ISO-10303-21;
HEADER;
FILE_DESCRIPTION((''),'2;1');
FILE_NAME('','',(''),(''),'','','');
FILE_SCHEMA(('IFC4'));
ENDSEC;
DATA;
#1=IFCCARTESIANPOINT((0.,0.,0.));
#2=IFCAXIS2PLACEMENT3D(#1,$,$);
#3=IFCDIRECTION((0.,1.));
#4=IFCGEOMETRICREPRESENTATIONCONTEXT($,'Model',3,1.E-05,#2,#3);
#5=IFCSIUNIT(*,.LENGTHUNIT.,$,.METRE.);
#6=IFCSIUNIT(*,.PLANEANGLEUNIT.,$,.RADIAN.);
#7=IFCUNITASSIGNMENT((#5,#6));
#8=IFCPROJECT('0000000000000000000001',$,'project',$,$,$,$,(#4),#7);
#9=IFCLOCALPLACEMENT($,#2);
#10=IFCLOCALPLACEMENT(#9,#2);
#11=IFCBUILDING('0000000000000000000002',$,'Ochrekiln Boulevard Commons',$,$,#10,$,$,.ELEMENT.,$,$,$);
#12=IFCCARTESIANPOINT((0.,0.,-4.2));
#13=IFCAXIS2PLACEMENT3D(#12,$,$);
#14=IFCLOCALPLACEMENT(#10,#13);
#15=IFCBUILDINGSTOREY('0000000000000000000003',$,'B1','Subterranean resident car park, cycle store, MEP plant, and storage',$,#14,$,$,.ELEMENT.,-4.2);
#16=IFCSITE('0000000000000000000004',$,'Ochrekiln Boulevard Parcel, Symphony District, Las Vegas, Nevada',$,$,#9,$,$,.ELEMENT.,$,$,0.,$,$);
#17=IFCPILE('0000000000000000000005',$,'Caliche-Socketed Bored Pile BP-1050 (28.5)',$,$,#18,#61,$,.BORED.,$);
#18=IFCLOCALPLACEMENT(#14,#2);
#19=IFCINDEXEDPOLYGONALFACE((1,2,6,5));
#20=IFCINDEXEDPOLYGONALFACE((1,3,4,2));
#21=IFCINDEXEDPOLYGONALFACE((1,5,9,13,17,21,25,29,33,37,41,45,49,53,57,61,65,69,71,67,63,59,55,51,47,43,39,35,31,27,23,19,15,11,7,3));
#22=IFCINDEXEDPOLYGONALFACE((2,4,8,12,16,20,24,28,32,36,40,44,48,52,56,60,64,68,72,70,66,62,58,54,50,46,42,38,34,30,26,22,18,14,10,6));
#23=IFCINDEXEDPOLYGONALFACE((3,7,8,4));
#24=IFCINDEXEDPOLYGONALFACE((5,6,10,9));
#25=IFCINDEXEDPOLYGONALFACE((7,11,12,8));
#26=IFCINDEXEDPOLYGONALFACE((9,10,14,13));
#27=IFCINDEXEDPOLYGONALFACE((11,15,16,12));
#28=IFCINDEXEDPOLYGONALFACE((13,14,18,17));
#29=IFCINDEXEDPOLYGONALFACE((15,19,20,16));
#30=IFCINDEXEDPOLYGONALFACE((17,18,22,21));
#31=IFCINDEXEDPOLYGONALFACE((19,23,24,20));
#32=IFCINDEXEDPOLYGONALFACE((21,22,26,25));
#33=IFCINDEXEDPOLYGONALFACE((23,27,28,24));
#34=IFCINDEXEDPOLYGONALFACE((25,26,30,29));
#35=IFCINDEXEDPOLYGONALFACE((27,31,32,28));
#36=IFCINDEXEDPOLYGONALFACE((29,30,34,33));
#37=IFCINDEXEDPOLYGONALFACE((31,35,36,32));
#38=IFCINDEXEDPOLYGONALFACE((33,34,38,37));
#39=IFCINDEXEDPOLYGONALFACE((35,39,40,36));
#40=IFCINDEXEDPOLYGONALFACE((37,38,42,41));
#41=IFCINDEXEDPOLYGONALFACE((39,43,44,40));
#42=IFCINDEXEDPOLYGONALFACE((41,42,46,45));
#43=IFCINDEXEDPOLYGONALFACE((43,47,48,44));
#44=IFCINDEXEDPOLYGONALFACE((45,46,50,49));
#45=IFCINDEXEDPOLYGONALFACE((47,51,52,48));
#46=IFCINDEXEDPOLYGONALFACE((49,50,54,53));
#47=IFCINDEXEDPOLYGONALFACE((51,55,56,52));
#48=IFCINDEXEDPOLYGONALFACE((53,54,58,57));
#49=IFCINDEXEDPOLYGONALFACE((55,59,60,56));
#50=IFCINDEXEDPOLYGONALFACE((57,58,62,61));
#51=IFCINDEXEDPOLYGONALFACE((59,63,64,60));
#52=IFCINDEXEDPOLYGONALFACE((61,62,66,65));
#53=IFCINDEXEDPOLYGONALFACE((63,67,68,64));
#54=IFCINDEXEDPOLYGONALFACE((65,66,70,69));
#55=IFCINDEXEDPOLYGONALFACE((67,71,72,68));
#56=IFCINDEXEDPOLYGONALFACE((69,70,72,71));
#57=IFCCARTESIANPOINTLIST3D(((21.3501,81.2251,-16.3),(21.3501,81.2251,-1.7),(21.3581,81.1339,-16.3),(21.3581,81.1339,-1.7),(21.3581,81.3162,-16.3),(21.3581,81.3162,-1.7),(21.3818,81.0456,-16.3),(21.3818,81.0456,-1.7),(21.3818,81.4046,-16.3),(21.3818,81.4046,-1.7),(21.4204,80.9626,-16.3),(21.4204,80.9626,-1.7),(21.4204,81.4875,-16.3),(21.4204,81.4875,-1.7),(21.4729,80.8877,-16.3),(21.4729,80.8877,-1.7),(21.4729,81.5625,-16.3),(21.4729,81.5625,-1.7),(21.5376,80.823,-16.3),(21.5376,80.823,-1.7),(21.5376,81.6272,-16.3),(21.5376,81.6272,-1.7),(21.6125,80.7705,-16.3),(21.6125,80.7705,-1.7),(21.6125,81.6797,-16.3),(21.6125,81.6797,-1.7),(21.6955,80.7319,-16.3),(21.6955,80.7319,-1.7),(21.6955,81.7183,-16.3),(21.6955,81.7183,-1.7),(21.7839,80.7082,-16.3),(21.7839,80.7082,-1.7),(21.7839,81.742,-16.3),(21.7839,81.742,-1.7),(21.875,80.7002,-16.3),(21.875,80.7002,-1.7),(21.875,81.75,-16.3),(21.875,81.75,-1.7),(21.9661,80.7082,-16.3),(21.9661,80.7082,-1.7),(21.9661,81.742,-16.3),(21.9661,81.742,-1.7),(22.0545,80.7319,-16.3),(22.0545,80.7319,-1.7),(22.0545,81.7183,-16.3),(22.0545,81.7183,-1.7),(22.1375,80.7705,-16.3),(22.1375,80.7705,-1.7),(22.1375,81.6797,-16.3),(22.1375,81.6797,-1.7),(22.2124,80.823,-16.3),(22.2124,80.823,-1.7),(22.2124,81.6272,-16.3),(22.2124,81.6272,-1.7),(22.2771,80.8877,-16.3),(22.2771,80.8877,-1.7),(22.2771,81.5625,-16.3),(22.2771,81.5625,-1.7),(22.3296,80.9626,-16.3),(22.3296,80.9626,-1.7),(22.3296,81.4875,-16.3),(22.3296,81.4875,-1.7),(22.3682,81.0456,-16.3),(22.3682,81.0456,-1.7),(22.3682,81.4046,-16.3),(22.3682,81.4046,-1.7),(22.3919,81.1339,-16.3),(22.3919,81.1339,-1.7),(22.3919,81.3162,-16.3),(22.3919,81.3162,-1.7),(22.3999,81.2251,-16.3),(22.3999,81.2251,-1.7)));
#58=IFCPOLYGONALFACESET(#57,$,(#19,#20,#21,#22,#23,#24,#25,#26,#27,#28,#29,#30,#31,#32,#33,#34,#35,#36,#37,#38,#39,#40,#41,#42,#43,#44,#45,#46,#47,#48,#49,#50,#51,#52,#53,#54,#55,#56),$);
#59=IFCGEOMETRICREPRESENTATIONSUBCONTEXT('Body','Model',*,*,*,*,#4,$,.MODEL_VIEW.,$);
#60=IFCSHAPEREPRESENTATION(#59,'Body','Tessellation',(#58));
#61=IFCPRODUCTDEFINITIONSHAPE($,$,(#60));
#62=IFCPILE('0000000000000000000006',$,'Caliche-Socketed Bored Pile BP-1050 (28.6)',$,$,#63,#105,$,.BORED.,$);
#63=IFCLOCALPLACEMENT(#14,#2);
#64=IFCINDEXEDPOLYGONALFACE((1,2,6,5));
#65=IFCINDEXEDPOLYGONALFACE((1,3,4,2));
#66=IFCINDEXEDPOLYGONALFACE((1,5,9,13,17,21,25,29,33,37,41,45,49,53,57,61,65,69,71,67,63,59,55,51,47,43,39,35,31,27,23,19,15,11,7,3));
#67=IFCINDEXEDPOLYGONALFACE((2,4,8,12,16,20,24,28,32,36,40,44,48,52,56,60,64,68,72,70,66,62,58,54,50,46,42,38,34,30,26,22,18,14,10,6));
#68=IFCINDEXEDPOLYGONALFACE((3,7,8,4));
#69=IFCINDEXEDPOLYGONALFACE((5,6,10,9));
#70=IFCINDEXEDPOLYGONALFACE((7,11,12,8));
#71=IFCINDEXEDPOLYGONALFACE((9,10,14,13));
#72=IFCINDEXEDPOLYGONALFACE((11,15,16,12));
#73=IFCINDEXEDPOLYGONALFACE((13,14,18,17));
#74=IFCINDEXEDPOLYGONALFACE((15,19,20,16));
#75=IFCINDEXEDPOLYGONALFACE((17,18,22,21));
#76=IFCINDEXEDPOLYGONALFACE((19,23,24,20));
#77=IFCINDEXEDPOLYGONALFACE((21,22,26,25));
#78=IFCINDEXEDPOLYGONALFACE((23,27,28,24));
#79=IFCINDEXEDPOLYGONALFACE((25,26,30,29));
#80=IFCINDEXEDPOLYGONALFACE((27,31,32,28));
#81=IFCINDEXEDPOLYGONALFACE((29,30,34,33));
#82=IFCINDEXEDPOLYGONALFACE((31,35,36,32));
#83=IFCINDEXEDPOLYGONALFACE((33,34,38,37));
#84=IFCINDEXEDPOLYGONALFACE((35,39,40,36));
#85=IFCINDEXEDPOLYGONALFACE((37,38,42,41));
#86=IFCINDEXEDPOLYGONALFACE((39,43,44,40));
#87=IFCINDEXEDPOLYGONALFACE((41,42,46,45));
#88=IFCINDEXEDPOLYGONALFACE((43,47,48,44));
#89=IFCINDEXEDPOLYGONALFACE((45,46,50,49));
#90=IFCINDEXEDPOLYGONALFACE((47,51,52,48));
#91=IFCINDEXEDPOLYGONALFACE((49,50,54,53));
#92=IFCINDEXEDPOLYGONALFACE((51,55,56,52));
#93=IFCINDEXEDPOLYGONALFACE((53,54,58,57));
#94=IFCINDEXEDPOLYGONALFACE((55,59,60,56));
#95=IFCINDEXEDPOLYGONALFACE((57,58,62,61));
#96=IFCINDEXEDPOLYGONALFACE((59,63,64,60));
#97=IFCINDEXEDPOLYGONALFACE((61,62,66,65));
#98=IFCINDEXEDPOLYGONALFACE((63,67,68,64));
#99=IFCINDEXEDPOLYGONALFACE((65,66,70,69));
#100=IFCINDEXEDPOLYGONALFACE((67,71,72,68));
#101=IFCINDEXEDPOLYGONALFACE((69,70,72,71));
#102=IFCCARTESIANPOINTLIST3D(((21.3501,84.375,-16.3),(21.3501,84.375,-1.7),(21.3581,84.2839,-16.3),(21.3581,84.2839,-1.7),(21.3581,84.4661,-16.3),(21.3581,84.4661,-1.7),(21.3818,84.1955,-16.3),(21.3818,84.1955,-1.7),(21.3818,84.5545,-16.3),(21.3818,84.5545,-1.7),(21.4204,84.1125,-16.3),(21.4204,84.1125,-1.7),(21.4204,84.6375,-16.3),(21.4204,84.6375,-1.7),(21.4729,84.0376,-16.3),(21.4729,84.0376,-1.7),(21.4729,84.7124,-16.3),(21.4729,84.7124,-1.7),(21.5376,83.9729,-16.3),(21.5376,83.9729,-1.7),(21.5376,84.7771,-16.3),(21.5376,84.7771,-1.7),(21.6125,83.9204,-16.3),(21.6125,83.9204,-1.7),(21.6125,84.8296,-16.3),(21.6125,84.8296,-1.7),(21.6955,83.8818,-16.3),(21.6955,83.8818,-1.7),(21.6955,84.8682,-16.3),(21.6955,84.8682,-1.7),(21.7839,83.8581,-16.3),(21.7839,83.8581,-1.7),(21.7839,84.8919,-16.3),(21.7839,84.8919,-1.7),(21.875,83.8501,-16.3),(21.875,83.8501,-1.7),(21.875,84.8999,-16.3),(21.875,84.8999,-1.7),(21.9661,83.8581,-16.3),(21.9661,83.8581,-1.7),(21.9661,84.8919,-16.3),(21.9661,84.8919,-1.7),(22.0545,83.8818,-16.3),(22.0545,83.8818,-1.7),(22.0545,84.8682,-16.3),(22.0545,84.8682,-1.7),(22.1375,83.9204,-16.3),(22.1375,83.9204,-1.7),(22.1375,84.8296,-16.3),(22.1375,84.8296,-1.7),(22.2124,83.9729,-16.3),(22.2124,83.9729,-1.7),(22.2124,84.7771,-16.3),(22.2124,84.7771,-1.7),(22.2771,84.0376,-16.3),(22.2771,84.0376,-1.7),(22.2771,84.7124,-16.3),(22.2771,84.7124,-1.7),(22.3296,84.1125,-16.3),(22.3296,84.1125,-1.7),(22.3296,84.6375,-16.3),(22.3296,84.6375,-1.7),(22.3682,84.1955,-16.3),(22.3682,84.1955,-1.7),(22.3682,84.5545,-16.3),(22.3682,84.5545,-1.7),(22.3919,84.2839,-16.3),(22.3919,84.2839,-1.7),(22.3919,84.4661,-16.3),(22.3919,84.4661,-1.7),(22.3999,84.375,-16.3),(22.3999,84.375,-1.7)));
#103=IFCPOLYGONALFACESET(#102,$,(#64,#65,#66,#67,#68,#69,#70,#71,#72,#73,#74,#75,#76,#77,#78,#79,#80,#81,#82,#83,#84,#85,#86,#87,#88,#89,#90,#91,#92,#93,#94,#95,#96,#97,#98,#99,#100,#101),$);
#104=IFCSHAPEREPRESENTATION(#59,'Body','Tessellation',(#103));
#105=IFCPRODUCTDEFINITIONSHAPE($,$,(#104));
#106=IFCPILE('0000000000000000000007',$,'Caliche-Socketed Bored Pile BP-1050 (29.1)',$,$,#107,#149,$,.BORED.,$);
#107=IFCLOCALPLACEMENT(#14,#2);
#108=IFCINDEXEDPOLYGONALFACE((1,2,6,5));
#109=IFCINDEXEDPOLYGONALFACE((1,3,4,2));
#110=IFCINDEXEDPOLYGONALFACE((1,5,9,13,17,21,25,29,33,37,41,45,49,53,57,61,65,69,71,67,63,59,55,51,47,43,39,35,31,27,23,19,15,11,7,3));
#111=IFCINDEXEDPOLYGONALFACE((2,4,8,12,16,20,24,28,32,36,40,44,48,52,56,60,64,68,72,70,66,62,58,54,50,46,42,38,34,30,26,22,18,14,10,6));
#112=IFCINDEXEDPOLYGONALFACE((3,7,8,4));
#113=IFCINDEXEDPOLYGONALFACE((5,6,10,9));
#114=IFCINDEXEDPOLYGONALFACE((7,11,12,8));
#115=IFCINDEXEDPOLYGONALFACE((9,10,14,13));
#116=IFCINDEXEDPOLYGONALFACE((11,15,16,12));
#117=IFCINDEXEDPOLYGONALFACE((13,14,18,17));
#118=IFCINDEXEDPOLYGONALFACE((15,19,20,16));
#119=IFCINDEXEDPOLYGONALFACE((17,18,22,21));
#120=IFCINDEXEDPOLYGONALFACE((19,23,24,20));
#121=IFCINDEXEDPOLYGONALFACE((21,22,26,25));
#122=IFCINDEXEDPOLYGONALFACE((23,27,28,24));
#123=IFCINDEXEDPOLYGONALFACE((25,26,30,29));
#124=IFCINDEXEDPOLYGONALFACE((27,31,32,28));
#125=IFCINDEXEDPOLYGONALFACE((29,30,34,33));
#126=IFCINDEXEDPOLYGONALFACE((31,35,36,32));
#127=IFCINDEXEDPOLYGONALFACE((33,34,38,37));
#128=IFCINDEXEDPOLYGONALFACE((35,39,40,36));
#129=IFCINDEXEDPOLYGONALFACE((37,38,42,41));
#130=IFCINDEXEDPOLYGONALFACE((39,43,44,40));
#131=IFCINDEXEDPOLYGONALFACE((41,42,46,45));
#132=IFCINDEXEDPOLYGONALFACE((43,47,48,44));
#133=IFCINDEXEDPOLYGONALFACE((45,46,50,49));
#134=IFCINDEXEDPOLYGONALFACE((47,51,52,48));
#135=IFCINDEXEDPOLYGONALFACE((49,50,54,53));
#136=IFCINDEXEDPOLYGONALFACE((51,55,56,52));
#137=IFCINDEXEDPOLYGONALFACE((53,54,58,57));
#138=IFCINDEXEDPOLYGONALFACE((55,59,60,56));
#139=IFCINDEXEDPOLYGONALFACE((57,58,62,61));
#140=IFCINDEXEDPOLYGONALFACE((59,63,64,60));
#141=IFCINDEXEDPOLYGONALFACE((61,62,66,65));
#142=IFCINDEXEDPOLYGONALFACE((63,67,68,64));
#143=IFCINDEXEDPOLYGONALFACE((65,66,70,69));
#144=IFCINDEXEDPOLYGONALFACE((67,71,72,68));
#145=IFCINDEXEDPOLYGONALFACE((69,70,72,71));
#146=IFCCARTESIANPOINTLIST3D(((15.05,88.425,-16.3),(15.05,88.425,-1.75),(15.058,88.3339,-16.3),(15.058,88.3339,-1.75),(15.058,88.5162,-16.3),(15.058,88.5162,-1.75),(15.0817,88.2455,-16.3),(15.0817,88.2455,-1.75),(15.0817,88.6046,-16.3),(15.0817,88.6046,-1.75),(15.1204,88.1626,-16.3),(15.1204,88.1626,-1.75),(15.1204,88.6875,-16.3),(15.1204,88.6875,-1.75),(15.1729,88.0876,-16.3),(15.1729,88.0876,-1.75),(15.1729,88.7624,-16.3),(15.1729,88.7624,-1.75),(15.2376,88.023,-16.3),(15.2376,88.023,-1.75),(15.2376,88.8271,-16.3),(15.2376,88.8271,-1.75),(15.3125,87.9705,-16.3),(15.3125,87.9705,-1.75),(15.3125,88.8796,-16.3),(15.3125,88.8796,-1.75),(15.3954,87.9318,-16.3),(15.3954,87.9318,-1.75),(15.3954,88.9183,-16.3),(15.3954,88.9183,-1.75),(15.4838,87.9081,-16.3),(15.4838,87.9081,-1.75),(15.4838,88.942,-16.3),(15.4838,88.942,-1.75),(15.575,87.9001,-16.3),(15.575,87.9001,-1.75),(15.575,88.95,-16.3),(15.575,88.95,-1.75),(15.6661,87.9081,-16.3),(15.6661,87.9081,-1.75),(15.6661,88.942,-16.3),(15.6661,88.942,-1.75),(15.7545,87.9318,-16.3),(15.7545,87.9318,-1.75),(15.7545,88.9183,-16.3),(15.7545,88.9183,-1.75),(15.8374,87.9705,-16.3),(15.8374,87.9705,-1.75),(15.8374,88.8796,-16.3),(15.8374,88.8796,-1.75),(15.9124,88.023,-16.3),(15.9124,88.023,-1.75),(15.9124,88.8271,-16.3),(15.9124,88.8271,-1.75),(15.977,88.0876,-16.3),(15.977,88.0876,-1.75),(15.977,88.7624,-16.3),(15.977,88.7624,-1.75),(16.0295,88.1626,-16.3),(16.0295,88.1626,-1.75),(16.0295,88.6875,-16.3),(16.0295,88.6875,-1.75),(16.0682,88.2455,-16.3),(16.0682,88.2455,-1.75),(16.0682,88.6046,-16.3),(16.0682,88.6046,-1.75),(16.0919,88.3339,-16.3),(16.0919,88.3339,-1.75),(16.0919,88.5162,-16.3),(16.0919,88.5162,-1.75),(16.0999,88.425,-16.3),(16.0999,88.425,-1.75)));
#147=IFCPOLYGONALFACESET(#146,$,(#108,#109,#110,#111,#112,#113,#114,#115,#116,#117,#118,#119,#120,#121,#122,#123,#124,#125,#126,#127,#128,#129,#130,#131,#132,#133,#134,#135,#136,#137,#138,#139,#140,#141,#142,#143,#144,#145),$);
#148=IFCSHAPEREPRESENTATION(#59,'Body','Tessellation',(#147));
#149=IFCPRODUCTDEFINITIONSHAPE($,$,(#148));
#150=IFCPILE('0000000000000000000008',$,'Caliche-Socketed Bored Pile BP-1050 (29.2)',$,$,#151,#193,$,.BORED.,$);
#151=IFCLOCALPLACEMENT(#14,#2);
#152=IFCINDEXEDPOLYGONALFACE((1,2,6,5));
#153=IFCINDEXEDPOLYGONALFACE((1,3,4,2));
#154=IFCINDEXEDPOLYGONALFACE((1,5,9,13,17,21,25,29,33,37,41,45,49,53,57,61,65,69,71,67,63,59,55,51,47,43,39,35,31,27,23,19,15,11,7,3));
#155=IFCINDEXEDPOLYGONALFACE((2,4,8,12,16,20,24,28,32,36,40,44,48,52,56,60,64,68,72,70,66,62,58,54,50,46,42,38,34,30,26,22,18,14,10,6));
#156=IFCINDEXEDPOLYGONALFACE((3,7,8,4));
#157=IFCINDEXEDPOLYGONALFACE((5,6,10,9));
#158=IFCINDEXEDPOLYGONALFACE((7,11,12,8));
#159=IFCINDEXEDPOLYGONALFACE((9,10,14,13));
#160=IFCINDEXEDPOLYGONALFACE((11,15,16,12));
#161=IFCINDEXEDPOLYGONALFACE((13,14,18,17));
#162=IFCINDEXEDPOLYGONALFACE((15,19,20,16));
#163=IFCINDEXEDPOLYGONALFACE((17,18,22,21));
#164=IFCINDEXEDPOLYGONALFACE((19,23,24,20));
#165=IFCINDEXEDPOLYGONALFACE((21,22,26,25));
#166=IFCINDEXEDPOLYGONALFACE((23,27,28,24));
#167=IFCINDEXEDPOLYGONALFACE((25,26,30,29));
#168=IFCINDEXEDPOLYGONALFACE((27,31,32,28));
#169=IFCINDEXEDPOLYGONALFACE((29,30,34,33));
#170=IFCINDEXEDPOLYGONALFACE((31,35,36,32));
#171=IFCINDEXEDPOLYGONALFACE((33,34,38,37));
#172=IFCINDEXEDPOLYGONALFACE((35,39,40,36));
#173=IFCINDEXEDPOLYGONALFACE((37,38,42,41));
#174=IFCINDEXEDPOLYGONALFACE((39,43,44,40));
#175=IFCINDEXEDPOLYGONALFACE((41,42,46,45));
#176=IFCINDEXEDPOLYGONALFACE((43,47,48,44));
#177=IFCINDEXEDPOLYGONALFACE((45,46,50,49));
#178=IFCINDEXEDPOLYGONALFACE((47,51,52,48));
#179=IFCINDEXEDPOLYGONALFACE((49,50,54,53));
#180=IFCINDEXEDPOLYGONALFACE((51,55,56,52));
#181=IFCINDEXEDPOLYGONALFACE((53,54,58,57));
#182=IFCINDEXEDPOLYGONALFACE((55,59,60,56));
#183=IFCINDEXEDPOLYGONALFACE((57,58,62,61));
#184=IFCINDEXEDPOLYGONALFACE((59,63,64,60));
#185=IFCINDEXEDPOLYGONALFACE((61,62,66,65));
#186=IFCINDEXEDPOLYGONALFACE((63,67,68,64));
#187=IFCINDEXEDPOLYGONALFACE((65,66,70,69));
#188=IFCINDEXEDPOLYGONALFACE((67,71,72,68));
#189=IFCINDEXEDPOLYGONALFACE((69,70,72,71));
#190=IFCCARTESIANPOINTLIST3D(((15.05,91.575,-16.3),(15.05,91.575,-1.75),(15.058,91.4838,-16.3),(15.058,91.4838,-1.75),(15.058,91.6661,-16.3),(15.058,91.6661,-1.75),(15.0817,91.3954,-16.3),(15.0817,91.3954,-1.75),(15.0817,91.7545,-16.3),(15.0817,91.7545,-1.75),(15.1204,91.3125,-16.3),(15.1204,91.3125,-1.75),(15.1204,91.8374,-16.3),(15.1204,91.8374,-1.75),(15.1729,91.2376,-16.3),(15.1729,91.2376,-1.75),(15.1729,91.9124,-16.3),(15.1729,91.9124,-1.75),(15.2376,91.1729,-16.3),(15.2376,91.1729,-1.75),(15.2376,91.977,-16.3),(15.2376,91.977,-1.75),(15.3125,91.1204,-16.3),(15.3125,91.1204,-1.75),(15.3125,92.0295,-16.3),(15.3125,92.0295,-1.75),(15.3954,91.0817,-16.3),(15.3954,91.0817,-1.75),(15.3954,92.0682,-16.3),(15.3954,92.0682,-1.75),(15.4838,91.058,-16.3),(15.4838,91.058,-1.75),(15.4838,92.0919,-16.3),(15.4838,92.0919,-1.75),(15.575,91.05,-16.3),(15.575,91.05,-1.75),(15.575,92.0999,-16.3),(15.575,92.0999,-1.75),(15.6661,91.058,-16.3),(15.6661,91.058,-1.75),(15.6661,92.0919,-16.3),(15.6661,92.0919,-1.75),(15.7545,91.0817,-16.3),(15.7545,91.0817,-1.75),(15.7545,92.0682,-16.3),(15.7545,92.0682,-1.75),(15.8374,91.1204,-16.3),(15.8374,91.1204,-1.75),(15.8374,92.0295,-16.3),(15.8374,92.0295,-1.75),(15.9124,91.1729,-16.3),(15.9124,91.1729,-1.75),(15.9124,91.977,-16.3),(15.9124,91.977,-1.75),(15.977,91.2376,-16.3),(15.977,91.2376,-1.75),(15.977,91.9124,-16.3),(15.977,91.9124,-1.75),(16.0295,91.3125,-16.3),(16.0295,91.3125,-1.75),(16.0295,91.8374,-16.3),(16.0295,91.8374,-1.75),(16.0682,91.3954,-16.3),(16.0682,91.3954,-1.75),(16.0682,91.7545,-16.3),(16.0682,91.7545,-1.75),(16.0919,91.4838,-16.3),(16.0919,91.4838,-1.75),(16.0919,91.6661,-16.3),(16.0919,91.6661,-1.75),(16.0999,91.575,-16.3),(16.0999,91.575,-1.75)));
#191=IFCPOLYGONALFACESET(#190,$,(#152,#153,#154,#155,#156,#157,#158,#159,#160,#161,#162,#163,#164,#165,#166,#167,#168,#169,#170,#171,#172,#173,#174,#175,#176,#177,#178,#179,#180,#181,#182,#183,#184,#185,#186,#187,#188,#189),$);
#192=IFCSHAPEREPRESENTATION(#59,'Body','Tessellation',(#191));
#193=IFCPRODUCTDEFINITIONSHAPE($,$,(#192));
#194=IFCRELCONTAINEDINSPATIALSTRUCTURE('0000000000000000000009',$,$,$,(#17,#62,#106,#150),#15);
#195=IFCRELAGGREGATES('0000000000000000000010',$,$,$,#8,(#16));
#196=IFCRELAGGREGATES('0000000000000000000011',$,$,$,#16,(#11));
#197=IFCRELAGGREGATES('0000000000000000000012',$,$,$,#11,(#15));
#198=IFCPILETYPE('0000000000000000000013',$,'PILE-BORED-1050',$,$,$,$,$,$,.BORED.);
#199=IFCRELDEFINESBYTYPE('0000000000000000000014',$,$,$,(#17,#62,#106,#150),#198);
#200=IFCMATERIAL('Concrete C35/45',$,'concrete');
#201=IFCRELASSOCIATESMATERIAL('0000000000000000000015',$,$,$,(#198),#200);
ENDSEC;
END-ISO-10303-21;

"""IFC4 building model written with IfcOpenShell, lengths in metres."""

from ifc_helpers import new_model, si_unit, direction, frame, origin, origin_2d, place, context, subcontext, project, spatial, circle, extrude, material, material_profile, profile_set, type_object, element, save


model = new_model("IFC4")

# Units and contexts
model_context = context("Model", 3, precision=1e-05, world=origin(), true_north=direction((0.0, 1.0)))
body_context = subcontext(model_context, "Body", "Model", "MODEL_VIEW")
ifc_project = project(units=[si_unit("LENGTHUNIT", "METRE"), si_unit("PLANEANGLEUNIT", "RADIAN")], contexts=[model_context])

# Site, building, storey
site_placement = place(None, origin())
site = spatial("IfcSite", under=ifc_project, at=site_placement, Name="Ochrekiln Boulevard Parcel, Symphony District, Las Vegas, Nevada", CompositionType="ELEMENT", RefElevation=0.0)
building_placement = place(site_placement, origin())
building = spatial("IfcBuilding", under=site, at=building_placement, Name="Ochrekiln Boulevard Commons", CompositionType="ELEMENT")
storey_placement = place(building_placement, frame((0.0, 0.0, -4.2)))
storey = spatial("IfcBuildingStorey", under=building, at=storey_placement, Name="B1", Description="Subterranean resident car park, cycle store, MEP plant, and storage", CompositionType="ELEMENT", Elevation=-4.2)

# Shared definitions
ifc_material_1 = material(Name="Concrete C35/45", Category="concrete")

# Piles
ifc_material_profile_1 = material_profile(ifc_material_1, circle(Radius=0.5249, at=origin_2d()), Name="PILE-D1050")
ifc_profile_set_1 = profile_set([ifc_material_profile_1], Name="Concrete C35/45")
pile_type_1 = type_object("IfcPileType", Name="PILE-BORED-1050", PredefinedType="BORED", material=ifc_profile_set_1)
for number, where, z_axis, x_axis, name in (
    (1, (21.875, 81.2251, -1.7), (0.0, 0.0, -1.0), (1.0, 0.0, 0.0), "Caliche-Socketed Bored Pile BP-1050 (28.5)"),
    (2, (21.875, 84.375, -1.7), (0.0, 0.0, -1.0), (1.0, 0.0, 0.0), "Caliche-Socketed Bored Pile BP-1050 (28.6)"),
):
    element("IfcPile", number, at=place(storey_placement, frame(where, z_axis=z_axis, x_axis=x_axis)), inside=storey, type_object=pile_type_1, Name=name, PredefinedType="BORED", context=body_context, shape_type="SweptSolid", body=[
        extrude(circle(Radius=0.5249, at=origin_2d()), origin(), (0.0, 0.0, 1.0), 14.6001),
    ])
for number, where, z_axis, x_axis, name in (
    (3, (15.575, 88.425, -1.75), (0.0, 0.0, -1.0), (1.0, 0.0, 0.0), "Caliche-Socketed Bored Pile BP-1050 (29.1)"),
    (4, (15.575, 91.575, -1.75), (0.0, 0.0, -1.0), (1.0, 0.0, 0.0), "Caliche-Socketed Bored Pile BP-1050 (29.2)"),
):
    element("IfcPile", number, at=place(storey_placement, frame(where, z_axis=z_axis, x_axis=x_axis)), inside=storey, type_object=pile_type_1, Name=name, PredefinedType="BORED", context=body_context, shape_type="SweptSolid", body=[
        extrude(circle(Radius=0.5249, at=origin_2d()), origin(), (0.0, 0.0, 1.0), 14.55),
    ])

save(model, "model.ifc")
